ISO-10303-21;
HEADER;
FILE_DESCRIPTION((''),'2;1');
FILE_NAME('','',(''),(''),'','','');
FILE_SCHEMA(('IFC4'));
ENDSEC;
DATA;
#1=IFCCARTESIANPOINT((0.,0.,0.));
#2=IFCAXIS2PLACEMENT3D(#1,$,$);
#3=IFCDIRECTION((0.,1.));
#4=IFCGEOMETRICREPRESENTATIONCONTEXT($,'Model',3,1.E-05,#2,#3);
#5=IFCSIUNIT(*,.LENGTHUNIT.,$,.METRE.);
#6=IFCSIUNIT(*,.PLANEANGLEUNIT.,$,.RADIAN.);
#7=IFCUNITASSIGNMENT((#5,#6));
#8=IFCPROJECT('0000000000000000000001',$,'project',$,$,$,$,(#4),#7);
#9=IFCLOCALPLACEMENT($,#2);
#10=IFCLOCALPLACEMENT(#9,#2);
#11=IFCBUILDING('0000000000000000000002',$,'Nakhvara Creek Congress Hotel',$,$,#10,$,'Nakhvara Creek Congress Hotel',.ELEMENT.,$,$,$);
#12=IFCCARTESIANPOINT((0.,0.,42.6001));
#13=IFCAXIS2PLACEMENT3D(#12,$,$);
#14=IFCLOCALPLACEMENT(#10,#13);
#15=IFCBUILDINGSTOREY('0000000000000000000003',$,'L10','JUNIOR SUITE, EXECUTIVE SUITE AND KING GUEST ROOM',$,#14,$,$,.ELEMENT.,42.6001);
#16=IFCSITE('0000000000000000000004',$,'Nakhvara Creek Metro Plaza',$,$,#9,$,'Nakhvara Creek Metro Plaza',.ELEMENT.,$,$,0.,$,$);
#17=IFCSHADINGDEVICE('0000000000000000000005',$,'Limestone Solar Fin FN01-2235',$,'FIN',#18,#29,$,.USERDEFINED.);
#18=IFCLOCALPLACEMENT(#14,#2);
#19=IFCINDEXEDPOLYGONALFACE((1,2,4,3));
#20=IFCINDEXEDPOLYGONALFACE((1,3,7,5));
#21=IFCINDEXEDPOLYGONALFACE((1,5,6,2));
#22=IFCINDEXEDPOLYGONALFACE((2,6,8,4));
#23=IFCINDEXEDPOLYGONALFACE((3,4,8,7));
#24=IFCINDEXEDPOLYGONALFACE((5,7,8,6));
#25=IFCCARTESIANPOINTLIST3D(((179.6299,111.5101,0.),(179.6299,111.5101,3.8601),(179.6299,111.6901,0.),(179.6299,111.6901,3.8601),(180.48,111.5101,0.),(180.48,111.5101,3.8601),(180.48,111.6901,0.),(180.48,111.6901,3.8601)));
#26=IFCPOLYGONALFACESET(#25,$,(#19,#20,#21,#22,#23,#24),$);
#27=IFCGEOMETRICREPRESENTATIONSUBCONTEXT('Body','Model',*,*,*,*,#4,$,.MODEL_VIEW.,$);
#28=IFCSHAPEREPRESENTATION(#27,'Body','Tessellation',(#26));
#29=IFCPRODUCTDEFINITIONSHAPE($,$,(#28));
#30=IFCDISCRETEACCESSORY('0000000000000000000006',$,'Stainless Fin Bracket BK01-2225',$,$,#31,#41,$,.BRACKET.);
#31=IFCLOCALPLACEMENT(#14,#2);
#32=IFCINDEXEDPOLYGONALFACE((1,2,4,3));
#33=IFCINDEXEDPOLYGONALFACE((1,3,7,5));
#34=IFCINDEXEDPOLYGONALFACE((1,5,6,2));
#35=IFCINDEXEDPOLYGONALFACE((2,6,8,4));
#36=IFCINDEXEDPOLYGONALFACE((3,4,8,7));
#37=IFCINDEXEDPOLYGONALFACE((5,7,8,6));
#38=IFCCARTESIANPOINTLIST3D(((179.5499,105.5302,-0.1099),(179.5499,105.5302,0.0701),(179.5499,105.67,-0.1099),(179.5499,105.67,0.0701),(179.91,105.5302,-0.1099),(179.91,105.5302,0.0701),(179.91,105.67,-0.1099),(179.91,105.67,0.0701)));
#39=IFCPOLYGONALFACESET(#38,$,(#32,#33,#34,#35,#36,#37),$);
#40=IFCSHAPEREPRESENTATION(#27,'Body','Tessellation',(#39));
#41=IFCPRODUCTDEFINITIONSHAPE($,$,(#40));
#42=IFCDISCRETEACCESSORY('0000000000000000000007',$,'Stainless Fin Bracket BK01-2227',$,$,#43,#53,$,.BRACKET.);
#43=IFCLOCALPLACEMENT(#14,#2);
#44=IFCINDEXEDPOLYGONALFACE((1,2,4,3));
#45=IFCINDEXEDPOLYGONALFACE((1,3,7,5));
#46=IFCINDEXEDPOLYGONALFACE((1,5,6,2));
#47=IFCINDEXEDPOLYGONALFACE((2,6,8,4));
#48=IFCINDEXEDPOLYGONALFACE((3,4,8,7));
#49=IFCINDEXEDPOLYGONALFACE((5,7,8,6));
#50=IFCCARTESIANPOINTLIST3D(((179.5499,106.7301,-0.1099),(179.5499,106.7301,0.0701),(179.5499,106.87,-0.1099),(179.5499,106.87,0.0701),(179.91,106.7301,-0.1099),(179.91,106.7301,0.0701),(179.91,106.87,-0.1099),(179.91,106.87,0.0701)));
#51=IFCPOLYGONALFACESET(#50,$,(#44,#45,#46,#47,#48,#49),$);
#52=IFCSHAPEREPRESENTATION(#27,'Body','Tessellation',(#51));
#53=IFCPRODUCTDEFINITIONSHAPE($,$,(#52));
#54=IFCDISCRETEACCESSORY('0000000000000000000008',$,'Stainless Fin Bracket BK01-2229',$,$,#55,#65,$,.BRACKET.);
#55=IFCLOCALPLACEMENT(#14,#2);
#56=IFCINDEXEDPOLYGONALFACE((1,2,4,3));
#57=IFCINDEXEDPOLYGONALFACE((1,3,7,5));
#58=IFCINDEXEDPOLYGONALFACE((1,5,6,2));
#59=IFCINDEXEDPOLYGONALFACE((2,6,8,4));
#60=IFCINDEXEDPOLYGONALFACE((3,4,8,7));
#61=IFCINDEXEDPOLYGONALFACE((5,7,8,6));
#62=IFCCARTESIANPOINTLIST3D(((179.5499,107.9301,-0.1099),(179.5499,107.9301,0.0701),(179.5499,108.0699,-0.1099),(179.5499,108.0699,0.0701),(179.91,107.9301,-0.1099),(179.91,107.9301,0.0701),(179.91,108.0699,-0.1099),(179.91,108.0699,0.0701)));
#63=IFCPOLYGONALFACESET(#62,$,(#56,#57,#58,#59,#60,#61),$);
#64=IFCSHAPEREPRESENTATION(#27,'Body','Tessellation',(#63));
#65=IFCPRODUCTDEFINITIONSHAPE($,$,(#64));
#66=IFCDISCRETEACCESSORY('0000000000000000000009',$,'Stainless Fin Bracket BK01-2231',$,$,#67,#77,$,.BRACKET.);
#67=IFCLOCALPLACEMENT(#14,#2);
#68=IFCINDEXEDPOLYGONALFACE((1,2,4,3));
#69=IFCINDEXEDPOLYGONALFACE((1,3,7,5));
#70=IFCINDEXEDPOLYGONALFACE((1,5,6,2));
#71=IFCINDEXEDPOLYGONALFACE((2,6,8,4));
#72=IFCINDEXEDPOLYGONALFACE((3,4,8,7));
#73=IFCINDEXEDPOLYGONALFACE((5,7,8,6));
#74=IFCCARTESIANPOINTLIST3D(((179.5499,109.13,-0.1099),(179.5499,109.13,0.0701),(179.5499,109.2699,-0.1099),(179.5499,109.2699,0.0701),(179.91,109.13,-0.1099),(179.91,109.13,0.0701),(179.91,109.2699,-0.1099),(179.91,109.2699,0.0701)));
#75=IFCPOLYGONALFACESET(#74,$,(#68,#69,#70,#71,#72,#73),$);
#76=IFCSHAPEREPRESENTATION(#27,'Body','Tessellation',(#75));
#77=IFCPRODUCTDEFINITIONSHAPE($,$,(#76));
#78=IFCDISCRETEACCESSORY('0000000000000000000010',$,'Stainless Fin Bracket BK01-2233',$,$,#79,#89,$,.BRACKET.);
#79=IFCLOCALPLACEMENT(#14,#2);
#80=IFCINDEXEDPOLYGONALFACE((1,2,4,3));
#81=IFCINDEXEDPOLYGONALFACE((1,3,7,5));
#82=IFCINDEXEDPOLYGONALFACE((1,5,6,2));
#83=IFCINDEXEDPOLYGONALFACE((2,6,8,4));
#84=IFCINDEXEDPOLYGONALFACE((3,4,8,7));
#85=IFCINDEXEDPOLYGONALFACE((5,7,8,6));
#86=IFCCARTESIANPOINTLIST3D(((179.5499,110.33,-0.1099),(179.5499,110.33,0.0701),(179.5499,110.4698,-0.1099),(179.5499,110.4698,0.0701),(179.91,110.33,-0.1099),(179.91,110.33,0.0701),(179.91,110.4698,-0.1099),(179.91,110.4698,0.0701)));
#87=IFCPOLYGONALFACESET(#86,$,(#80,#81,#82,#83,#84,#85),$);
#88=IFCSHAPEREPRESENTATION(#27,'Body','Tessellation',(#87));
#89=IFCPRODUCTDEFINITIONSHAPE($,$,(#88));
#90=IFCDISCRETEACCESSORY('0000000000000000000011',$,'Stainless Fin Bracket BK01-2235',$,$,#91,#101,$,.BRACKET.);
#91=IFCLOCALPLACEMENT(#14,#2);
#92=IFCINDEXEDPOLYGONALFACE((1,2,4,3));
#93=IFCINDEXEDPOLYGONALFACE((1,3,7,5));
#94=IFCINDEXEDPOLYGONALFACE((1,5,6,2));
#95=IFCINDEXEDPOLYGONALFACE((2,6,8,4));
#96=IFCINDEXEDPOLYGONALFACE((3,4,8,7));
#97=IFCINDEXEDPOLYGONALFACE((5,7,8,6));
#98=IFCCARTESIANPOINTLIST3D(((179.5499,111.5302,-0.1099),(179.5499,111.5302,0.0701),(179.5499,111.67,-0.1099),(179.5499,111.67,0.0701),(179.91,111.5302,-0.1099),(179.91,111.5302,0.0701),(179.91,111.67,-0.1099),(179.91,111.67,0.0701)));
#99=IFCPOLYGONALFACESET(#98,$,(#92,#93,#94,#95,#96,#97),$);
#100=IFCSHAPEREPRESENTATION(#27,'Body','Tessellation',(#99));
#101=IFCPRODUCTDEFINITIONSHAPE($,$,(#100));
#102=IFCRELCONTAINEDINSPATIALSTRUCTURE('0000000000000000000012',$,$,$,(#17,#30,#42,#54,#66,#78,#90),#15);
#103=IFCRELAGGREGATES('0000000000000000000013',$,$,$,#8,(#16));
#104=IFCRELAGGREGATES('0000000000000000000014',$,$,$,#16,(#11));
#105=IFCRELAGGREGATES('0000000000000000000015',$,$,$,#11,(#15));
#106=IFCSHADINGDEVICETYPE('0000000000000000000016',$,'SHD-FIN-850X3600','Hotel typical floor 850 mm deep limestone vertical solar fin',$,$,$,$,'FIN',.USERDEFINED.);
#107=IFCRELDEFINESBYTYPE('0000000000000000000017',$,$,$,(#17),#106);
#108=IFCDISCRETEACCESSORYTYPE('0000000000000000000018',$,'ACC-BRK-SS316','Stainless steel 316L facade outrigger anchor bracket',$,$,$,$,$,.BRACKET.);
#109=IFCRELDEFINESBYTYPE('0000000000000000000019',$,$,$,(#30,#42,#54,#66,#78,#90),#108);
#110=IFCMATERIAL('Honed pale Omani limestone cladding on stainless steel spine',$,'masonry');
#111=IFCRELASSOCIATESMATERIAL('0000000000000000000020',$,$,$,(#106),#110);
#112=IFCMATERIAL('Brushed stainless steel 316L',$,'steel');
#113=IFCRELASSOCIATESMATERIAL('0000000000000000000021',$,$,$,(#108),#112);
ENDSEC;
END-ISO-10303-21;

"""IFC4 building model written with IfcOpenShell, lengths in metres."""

from ifc_helpers import new_model, si_unit, direction, frame, origin, origin_2d, place, context, subcontext, project, spatial, rectangle, extrude, material, type_object, element, save


model = new_model("IFC4")

# Units and contexts
model_context = context("Model", 3, precision=1e-05, world=origin(), true_north=direction((0.0, 1.0)))
body_context = subcontext(model_context, "Body", "Model", "MODEL_VIEW")
ifc_project = project(units=[si_unit("LENGTHUNIT", "METRE"), si_unit("PLANEANGLEUNIT", "RADIAN")], contexts=[model_context])

# Site, building, storey
site_placement = place(None, origin())
site = spatial("IfcSite", under=ifc_project, at=site_placement, Name="Nakhvara Creek Metro Plaza", LongName="Nakhvara Creek Metro Plaza", CompositionType="ELEMENT", RefElevation=0.0)
building_placement = place(site_placement, origin())
building = spatial("IfcBuilding", under=site, at=building_placement, Name="Nakhvara Creek Congress Hotel", LongName="Nakhvara Creek Congress Hotel", CompositionType="ELEMENT")
storey_placement = place(building_placement, frame((0.0, 0.0, 42.6001)))
storey = spatial("IfcBuildingStorey", under=building, at=storey_placement, Name="L10", Description="JUNIOR SUITE, EXECUTIVE SUITE AND KING GUEST ROOM", CompositionType="ELEMENT", Elevation=42.6001)

# Shading device
ifc_material_1 = material(Name="Honed pale Omani limestone cladding on stainless steel spine", Category="masonry")
shading_device_type = type_object("IfcShadingDeviceType", Name="SHD-FIN-850X3600", Description="Hotel typical floor 850 mm deep limestone vertical solar fin", ElementType="FIN", PredefinedType="USERDEFINED", material=ifc_material_1)
for number, where, z_axis, x_axis, name in (
    (1, (180.0549, 111.6001, 0.0), (0.0, 0.0, 1.0), (0.0, 1.0, 0.0), "Limestone Solar Fin FN01-2235"),
):
    element("IfcShadingDevice", number, at=place(storey_placement, frame(where, z_axis=z_axis, x_axis=x_axis)), inside=storey, type_object=shading_device_type, Name=name, ObjectType="FIN", PredefinedType="USERDEFINED", context=body_context, shape_type="SweptSolid", body=[
        extrude(rectangle(XDim=0.1799, YDim=0.8501, at=origin_2d()), origin(), (0.0, 0.0, 1.0), 3.8601),
    ])

# Discrete accessories
ifc_material_2 = material(Name="Brushed stainless steel 316L", Category="steel")
discrete_accessory_type = type_object("IfcDiscreteAccessoryType", Name="ACC-BRK-SS316", Description="Stainless steel 316L facade outrigger anchor bracket", PredefinedType="BRACKET", material=ifc_material_2)
for number, where, z_axis, x_axis, name in (
    (2, (179.73, 105.6001, -0.1099), (0.0, 0.0, 1.0), (0.0, 1.0, 0.0), "Stainless Fin Bracket BK01-2225"),
    (3, (179.73, 106.8, -0.1099), (0.0, 0.0, 1.0), (0.0, 1.0, 0.0), "Stainless Fin Bracket BK01-2227"),
    (4, (179.73, 108.0, -0.1099), (0.0, 0.0, 1.0), (0.0, 1.0, 0.0), "Stainless Fin Bracket BK01-2229"),
    (5, (179.73, 109.2, -0.1099), (0.0, 0.0, 1.0), (0.0, 1.0, 0.0), "Stainless Fin Bracket BK01-2231"),
    (6, (179.73, 110.3999, -0.1099), (0.0, 0.0, 1.0), (0.0, 1.0, 0.0), "Stainless Fin Bracket BK01-2233"),
    (7, (179.73, 111.6001, -0.1099), (0.0, 0.0, 1.0), (0.0, 1.0, 0.0), "Stainless Fin Bracket BK01-2235"),
):
    element("IfcDiscreteAccessory", number, at=place(storey_placement, frame(where, z_axis=z_axis, x_axis=x_axis)), inside=storey, type_object=discrete_accessory_type, Name=name, PredefinedType="BRACKET", context=body_context, shape_type="SweptSolid", body=[
        extrude(rectangle(XDim=0.1399, YDim=0.3601, at=origin_2d()), origin(), (0.0, 0.0, 1.0), 0.1799),
    ])

save(model, "model.ifc")
